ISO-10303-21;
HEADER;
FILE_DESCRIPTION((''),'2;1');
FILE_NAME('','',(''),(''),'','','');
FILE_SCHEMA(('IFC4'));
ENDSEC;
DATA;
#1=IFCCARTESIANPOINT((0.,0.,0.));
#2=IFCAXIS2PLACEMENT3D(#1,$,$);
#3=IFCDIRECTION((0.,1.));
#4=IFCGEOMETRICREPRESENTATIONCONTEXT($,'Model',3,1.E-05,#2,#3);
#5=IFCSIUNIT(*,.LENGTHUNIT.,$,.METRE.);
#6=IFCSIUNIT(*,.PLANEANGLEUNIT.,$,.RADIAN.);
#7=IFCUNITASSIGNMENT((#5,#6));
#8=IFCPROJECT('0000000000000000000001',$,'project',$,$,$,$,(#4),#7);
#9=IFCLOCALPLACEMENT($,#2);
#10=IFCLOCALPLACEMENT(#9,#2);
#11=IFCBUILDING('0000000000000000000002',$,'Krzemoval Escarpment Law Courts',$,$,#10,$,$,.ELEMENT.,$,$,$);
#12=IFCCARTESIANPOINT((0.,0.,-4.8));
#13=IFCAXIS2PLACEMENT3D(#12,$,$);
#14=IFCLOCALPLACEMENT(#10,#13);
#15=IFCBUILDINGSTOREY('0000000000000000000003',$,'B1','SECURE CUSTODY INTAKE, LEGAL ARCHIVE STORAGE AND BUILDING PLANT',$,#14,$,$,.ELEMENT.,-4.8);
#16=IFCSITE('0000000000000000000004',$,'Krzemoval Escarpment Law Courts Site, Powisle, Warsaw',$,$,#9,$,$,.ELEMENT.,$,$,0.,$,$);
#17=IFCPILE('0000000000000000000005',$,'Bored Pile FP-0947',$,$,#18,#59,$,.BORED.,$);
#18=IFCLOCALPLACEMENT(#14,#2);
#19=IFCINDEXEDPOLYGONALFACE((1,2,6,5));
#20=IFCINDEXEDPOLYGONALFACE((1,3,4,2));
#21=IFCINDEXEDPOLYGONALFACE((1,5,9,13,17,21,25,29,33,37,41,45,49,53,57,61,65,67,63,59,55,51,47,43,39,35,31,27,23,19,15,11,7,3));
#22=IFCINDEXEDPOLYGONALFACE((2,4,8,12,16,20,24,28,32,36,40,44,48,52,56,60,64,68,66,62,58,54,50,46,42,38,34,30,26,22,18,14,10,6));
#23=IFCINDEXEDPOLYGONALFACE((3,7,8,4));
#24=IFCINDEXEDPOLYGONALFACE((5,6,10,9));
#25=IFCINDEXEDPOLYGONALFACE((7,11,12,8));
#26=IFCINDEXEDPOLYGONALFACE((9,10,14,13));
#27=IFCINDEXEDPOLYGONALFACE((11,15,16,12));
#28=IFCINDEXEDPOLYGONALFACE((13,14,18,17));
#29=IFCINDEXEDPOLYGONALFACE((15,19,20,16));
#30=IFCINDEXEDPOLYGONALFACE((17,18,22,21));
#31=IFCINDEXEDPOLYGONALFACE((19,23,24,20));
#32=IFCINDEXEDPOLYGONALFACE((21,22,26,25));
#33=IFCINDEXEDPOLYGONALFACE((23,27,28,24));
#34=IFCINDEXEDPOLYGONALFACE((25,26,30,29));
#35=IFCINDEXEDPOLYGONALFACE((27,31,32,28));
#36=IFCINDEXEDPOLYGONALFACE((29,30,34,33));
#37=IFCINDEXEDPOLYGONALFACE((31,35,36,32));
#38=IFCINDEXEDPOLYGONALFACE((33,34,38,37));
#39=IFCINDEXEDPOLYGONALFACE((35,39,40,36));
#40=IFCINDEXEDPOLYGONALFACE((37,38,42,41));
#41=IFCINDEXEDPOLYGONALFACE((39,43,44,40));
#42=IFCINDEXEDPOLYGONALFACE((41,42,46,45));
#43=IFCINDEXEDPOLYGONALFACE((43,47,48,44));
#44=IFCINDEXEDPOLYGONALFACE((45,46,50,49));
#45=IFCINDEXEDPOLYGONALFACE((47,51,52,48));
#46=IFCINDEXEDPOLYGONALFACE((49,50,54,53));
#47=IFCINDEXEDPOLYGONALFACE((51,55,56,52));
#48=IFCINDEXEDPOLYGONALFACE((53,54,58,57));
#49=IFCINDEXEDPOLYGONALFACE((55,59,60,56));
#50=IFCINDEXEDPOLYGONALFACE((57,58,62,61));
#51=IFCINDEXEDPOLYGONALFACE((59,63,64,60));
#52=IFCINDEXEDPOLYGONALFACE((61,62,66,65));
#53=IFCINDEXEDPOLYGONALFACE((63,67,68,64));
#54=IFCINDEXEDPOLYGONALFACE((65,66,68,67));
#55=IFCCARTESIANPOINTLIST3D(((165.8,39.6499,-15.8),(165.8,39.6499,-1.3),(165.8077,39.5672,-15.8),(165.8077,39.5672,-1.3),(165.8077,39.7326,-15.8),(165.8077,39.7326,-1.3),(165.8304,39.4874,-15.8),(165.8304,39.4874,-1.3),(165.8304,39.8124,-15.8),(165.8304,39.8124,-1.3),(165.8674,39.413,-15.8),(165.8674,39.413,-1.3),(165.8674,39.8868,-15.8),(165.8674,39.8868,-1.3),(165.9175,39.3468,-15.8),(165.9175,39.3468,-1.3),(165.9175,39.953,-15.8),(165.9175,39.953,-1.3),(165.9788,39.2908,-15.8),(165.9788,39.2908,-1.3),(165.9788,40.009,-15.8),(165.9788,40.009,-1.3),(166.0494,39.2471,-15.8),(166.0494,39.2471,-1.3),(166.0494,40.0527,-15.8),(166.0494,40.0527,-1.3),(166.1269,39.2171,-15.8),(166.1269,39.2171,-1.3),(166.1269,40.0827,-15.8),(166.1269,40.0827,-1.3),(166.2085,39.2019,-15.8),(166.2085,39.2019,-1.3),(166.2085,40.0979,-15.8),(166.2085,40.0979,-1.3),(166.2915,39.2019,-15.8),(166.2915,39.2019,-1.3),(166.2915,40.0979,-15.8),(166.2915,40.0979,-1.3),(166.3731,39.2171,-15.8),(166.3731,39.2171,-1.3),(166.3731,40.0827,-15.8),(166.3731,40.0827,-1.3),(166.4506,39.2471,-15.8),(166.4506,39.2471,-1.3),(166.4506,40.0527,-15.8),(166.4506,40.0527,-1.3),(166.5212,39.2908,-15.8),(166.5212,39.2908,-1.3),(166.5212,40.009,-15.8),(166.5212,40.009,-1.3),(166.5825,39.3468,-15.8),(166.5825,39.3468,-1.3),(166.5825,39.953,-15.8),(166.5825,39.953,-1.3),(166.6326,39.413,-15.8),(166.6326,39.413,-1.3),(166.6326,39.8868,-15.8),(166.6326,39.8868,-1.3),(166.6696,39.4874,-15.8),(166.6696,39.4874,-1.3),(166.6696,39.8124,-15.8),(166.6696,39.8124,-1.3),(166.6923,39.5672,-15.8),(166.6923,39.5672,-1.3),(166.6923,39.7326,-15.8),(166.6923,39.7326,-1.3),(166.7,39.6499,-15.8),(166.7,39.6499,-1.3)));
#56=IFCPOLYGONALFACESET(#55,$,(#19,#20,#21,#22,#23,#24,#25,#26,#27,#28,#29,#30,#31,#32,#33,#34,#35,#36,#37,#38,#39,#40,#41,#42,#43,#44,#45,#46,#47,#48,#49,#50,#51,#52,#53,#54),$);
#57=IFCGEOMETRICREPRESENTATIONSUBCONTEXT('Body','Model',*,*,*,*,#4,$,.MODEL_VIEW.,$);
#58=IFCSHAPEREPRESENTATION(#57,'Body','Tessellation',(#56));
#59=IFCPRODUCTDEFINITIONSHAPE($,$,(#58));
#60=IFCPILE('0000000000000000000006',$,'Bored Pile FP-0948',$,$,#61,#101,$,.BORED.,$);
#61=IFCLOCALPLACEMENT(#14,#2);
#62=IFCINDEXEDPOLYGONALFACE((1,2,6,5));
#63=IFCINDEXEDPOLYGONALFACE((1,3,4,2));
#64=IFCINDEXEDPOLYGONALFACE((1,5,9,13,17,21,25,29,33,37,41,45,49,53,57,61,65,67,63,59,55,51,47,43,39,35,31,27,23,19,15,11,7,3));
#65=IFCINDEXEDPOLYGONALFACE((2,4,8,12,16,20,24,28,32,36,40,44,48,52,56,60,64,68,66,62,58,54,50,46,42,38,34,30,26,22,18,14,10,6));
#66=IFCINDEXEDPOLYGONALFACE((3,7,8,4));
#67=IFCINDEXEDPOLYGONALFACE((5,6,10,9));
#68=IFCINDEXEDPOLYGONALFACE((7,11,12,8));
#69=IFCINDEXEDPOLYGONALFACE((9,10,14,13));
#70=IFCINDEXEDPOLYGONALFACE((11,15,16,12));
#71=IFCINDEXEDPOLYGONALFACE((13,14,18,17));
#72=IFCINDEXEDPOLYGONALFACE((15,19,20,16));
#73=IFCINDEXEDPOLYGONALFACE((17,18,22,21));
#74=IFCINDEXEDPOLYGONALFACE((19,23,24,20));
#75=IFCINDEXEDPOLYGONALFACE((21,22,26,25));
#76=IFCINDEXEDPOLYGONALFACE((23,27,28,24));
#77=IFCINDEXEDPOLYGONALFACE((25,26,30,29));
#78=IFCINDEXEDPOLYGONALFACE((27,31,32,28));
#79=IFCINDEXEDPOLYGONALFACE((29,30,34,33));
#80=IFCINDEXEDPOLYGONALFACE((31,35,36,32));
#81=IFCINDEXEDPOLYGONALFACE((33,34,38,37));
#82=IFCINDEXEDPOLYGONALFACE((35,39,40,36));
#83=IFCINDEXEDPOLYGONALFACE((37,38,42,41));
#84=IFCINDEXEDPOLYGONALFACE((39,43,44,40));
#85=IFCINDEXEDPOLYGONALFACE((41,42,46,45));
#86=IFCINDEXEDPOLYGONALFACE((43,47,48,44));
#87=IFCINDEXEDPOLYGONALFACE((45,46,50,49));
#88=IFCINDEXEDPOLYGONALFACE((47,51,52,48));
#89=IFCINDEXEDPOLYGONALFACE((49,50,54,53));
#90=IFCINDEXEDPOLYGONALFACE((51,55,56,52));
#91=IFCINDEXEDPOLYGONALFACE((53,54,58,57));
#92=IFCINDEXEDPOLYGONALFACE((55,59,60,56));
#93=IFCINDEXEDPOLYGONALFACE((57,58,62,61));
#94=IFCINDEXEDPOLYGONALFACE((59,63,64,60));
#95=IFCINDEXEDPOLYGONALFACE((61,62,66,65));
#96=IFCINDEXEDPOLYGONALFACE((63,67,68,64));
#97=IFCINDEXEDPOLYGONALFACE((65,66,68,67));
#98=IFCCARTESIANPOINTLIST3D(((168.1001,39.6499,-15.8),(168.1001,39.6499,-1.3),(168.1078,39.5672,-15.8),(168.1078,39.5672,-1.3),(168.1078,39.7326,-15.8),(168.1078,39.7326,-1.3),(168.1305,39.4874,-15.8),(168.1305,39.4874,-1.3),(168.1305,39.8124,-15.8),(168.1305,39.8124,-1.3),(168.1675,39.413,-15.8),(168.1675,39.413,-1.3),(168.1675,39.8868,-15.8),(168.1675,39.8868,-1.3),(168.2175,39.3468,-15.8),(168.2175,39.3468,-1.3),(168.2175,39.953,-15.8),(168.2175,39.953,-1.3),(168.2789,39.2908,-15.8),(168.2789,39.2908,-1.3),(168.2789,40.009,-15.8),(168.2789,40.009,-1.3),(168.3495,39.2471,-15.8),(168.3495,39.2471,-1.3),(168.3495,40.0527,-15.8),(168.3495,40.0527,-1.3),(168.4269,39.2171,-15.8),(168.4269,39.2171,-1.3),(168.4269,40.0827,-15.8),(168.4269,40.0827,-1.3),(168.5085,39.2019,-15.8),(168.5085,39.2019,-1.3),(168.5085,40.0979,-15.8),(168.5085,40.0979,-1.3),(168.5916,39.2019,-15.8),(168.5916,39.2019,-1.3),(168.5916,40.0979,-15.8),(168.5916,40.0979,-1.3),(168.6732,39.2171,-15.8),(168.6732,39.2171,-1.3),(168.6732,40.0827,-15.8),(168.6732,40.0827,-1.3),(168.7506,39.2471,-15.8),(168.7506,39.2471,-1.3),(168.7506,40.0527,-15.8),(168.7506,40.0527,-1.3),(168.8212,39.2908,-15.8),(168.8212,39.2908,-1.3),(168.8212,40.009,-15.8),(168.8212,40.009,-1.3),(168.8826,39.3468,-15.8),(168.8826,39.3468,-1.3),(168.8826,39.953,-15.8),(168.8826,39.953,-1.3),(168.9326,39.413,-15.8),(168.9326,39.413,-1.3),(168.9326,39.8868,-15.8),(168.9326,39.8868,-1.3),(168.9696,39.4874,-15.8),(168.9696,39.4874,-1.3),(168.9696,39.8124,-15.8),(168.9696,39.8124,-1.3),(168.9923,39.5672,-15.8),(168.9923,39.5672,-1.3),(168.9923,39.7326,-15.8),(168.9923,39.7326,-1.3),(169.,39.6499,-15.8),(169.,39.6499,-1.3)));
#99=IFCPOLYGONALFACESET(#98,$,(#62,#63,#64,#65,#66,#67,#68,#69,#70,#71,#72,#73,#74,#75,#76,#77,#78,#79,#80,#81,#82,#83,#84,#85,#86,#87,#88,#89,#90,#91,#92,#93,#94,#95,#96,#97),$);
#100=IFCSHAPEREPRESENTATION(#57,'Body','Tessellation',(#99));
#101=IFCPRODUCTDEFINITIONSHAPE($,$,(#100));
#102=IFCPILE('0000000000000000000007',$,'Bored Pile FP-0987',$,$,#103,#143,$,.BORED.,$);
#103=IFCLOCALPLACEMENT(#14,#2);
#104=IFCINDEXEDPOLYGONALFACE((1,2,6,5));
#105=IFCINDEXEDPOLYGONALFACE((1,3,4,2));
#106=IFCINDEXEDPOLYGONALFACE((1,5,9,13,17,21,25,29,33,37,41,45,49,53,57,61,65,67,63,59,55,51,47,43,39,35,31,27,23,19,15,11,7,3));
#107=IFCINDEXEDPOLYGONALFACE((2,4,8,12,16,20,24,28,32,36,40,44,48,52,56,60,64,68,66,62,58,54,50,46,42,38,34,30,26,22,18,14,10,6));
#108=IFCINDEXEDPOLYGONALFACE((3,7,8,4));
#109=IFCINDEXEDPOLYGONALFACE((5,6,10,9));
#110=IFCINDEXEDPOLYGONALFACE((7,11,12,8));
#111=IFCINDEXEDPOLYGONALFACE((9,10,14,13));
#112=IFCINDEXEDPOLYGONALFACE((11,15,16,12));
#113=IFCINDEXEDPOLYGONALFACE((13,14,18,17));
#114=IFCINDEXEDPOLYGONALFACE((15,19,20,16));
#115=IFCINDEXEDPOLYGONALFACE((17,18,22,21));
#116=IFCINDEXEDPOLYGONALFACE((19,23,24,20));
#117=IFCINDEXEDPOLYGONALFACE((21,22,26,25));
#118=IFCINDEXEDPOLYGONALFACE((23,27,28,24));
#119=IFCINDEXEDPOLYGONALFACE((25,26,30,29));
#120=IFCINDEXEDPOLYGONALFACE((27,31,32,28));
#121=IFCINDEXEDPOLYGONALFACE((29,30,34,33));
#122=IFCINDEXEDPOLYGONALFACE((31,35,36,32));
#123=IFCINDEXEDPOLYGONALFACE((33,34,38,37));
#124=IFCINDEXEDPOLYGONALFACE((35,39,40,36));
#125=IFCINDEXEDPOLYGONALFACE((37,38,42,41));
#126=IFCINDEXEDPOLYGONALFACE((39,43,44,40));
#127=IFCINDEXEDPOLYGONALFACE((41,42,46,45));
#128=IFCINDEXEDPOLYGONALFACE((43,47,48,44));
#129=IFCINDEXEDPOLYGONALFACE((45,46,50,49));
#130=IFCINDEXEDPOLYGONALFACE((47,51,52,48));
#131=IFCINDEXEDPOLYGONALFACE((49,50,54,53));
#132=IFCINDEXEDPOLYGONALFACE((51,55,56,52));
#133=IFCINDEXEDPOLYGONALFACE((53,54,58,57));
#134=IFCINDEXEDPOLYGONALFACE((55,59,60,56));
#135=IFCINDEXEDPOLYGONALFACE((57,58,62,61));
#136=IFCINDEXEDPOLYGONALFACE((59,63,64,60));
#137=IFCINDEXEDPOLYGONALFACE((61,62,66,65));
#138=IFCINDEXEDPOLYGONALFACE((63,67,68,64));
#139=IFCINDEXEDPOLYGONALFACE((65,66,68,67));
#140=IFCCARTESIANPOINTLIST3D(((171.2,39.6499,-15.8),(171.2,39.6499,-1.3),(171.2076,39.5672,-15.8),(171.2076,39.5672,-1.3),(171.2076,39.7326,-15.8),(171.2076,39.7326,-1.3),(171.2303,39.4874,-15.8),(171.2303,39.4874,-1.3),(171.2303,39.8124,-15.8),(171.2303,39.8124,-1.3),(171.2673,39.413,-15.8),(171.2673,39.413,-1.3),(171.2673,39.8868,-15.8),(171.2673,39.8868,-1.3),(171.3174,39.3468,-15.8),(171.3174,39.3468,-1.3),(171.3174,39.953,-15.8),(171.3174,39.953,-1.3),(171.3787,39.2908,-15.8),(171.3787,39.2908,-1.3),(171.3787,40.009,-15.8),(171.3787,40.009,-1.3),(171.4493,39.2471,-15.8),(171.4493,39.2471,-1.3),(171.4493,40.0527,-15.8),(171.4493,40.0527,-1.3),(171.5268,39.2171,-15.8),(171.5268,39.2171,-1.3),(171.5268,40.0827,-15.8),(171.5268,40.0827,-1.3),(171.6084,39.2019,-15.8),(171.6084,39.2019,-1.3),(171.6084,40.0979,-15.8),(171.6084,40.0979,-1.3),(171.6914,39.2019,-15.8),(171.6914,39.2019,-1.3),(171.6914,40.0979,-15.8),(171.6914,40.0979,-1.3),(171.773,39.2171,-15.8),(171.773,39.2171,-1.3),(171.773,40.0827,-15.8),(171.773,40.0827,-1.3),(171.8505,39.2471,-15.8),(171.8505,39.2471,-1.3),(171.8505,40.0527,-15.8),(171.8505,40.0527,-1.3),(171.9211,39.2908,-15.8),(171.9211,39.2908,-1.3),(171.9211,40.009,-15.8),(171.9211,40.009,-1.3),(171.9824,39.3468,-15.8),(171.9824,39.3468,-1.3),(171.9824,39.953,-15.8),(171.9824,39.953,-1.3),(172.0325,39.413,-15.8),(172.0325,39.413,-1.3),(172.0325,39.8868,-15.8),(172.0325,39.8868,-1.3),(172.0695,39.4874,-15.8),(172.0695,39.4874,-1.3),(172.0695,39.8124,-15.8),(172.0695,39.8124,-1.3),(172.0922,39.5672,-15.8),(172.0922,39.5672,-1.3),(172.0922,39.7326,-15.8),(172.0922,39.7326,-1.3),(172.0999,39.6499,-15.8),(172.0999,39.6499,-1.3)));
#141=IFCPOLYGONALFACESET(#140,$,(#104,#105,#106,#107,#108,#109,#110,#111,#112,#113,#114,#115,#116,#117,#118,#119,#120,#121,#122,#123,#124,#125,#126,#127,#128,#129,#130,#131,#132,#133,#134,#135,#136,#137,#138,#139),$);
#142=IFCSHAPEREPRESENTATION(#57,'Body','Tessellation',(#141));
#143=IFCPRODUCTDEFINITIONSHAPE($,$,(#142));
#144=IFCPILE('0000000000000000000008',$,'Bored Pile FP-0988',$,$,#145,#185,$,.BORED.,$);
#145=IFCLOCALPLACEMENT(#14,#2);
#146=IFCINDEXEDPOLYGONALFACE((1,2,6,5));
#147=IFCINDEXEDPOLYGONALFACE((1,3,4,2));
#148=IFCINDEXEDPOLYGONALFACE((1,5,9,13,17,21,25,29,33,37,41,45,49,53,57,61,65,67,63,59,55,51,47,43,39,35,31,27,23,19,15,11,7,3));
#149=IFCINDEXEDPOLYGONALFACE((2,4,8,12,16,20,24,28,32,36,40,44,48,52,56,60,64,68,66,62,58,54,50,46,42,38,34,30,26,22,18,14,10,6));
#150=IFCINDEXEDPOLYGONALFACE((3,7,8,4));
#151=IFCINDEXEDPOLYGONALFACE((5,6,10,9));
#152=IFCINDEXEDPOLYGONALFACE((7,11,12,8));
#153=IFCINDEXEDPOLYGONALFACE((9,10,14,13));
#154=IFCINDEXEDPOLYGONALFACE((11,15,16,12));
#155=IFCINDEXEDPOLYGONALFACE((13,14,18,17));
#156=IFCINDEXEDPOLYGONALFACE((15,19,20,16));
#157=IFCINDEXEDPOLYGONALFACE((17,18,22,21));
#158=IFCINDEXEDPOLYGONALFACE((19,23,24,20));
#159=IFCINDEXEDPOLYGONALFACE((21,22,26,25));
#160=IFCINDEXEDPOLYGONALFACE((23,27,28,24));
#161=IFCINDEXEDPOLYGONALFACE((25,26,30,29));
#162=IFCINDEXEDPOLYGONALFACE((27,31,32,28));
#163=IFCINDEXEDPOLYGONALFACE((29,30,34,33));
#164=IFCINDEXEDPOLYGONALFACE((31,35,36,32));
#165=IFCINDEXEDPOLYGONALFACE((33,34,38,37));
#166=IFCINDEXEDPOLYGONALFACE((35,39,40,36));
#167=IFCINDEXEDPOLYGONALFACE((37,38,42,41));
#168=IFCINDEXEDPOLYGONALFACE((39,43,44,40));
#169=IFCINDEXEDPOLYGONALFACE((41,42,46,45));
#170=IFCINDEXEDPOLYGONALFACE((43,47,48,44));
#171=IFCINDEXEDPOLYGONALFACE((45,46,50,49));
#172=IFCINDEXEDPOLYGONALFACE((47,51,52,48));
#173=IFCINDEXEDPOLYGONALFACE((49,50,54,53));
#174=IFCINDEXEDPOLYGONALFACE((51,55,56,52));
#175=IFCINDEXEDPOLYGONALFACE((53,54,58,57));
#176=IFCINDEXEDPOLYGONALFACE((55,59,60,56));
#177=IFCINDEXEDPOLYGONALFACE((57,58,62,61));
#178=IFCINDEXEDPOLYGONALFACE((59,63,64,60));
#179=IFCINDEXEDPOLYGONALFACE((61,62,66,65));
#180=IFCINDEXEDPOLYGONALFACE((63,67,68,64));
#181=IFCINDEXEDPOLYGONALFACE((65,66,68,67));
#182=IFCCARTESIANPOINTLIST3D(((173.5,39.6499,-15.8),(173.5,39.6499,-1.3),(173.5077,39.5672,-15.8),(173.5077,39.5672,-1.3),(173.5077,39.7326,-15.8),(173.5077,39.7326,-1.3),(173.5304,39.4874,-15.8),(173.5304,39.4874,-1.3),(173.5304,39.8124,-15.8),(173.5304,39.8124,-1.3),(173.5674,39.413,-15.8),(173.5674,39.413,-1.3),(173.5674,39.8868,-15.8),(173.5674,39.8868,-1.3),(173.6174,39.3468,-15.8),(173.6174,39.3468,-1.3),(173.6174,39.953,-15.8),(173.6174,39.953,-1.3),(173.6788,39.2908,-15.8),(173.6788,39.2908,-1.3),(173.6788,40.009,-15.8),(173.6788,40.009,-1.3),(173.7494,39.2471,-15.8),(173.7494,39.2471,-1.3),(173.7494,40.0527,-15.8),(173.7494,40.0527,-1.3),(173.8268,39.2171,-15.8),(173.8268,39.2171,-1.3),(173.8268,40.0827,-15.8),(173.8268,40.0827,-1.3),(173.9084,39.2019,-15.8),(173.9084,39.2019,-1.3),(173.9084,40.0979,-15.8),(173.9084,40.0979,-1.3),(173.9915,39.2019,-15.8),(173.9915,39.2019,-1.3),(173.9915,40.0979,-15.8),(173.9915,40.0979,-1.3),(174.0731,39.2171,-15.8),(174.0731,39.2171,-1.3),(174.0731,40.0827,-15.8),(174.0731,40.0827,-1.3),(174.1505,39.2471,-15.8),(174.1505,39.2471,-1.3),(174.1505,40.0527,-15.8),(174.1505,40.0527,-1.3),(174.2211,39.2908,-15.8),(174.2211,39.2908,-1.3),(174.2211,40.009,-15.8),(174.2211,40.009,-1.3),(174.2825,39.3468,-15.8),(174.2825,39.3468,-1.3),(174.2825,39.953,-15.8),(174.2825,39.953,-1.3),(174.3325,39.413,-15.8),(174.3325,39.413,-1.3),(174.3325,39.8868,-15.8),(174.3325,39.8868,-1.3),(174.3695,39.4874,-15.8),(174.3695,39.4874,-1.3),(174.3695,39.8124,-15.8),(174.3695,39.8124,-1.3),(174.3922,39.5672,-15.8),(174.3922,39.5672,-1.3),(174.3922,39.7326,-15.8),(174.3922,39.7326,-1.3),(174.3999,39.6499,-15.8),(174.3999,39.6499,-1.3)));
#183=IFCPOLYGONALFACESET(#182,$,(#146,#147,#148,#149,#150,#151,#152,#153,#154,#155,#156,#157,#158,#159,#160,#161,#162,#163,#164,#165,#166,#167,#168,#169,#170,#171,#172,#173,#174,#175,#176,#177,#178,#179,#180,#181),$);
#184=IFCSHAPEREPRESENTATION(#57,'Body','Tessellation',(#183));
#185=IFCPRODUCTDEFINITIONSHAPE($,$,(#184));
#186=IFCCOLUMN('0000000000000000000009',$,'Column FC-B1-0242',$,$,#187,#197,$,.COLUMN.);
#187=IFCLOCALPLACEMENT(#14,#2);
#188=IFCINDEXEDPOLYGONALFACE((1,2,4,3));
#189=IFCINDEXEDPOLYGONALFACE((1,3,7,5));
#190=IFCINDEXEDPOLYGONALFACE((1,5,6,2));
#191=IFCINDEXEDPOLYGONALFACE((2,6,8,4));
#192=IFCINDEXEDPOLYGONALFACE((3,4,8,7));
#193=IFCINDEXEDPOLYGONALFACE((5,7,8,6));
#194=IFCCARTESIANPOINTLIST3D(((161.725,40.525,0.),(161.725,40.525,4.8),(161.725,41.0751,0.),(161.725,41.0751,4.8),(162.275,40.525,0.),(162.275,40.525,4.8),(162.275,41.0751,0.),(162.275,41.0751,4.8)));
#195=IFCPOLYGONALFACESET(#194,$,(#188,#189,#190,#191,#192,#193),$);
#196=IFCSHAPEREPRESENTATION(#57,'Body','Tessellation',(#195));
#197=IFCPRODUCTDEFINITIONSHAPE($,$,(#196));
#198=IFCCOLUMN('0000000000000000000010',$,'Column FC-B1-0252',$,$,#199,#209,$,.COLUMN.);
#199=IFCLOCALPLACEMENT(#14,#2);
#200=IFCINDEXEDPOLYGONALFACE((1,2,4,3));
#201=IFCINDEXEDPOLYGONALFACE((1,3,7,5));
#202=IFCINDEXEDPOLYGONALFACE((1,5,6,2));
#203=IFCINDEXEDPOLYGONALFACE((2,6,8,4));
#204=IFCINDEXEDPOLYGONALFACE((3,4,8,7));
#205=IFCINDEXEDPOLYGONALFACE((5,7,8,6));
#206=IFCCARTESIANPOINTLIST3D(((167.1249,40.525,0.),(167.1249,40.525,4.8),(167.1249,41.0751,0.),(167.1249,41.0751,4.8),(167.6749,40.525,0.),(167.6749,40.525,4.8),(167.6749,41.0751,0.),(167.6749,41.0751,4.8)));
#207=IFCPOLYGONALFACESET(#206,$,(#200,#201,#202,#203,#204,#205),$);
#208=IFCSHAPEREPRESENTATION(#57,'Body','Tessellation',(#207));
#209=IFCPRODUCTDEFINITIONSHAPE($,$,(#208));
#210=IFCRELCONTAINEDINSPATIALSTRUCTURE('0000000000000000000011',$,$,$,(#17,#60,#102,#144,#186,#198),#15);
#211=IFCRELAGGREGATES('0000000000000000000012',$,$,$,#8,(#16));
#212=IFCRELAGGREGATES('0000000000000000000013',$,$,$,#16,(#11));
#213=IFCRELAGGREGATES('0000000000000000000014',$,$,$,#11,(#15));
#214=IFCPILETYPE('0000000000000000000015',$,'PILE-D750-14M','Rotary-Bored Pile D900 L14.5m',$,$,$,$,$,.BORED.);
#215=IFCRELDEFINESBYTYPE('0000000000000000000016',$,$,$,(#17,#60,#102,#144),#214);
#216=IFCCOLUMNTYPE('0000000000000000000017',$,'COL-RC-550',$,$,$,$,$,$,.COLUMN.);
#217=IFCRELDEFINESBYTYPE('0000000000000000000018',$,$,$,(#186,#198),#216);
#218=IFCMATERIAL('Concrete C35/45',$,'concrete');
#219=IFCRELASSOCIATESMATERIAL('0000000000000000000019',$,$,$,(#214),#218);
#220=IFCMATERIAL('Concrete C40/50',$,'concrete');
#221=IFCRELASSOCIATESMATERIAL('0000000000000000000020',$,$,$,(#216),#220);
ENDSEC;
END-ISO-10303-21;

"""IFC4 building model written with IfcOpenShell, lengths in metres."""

from ifc_helpers import new_model, si_unit, direction, frame, origin, origin_2d, place, context, subcontext, project, spatial, rectangle, circle, extrude, material, material_profile, profile_set, type_object, element, save


model = new_model("IFC4")

# Units and contexts
model_context = context("Model", 3, precision=1e-05, world=origin(), true_north=direction((0.0, 1.0)))
body_context = subcontext(model_context, "Body", "Model", "MODEL_VIEW")
ifc_project = project(units=[si_unit("LENGTHUNIT", "METRE"), si_unit("PLANEANGLEUNIT", "RADIAN")], contexts=[model_context])

# Site, building, storey
site_placement = place(None, origin())
site = spatial("IfcSite", under=ifc_project, at=site_placement, Name="Krzemoval Escarpment Law Courts Site, Powisle, Warsaw", CompositionType="ELEMENT", RefElevation=0.0)
building_placement = place(site_placement, origin())
building = spatial("IfcBuilding", under=site, at=building_placement, Name="Krzemoval Escarpment Law Courts", CompositionType="ELEMENT")
storey_placement = place(building_placement, frame((0.0, 0.0, -4.8)))
storey = spatial("IfcBuildingStorey", under=building, at=storey_placement, Name="B1", Description="SECURE CUSTODY INTAKE, LEGAL ARCHIVE STORAGE AND BUILDING PLANT", CompositionType="ELEMENT", Elevation=-4.8)

# Piles
ifc_material_1 = material(Name="Concrete C35/45", Category="concrete")
ifc_material_profile_1 = material_profile(ifc_material_1, circle(Radius=0.45, at=origin_2d()), Name="PILE D900")
ifc_profile_set_1 = profile_set([ifc_material_profile_1], Name="Concrete C35/45")
pile_type = type_object("IfcPileType", Name="PILE-D750-14M", Description="Rotary-Bored Pile D900 L14.5m", PredefinedType="BORED", material=ifc_profile_set_1)
for number, where, z_axis, x_axis, name in (
    (1, (166.25, 39.6499, -1.3), (0.0, 0.0, -1.0), (1.0, 0.0, 0.0), "Bored Pile FP-0947"),
    (2, (168.55, 39.6499, -1.3), (0.0, 0.0, -1.0), (1.0, 0.0, 0.0), "Bored Pile FP-0948"),
    (3, (171.6499, 39.6499, -1.3), (0.0, 0.0, -1.0), (1.0, 0.0, 0.0), "Bored Pile FP-0987"),
    (4, (173.95, 39.6499, -1.3), (0.0, 0.0, -1.0), (1.0, 0.0, 0.0), "Bored Pile FP-0988"),
):
    element("IfcPile", number, at=place(storey_placement, frame(where, z_axis=z_axis, x_axis=x_axis)), inside=storey, type_object=pile_type, Name=name, PredefinedType="BORED", context=body_context, shape_type="SweptSolid", body=[
        extrude(circle(Radius=0.45, at=origin_2d()), origin(), (0.0, 0.0, 1.0), 14.5),
    ])

# Columns
ifc_material_2 = material(Name="Concrete C40/50", Category="concrete")
ifc_material_profile_2 = material_profile(ifc_material_2, rectangle(XDim=0.55, YDim=0.55, at=origin_2d()), Name="RC 550x550")
ifc_profile_set_2 = profile_set([ifc_material_profile_2], Name="Concrete C40/50")
column_type = type_object("IfcColumnType", Name="COL-RC-550", PredefinedType="COLUMN", material=ifc_profile_set_2)
for number, where, z_axis, x_axis, name in (
    (5, (162.0, 40.8, 0.0), (0.0, 0.0, 1.0), (1.0, 0.0, 0.0), "Column FC-B1-0242"),
    (6, (167.3999, 40.8, 0.0), (0.0, 0.0, 1.0), (1.0, 0.0, 0.0), "Column FC-B1-0252"),
):
    element("IfcColumn", number, at=place(storey_placement, frame(where, z_axis=z_axis, x_axis=x_axis)), inside=storey, type_object=column_type, Name=name, PredefinedType="COLUMN", context=body_context, shape_type="SweptSolid", body=[
        extrude(rectangle(XDim=0.55, YDim=0.55, at=origin_2d()), origin(), (0.0, 0.0, 1.0), 4.8),
    ])

save(model, "model.ifc")
